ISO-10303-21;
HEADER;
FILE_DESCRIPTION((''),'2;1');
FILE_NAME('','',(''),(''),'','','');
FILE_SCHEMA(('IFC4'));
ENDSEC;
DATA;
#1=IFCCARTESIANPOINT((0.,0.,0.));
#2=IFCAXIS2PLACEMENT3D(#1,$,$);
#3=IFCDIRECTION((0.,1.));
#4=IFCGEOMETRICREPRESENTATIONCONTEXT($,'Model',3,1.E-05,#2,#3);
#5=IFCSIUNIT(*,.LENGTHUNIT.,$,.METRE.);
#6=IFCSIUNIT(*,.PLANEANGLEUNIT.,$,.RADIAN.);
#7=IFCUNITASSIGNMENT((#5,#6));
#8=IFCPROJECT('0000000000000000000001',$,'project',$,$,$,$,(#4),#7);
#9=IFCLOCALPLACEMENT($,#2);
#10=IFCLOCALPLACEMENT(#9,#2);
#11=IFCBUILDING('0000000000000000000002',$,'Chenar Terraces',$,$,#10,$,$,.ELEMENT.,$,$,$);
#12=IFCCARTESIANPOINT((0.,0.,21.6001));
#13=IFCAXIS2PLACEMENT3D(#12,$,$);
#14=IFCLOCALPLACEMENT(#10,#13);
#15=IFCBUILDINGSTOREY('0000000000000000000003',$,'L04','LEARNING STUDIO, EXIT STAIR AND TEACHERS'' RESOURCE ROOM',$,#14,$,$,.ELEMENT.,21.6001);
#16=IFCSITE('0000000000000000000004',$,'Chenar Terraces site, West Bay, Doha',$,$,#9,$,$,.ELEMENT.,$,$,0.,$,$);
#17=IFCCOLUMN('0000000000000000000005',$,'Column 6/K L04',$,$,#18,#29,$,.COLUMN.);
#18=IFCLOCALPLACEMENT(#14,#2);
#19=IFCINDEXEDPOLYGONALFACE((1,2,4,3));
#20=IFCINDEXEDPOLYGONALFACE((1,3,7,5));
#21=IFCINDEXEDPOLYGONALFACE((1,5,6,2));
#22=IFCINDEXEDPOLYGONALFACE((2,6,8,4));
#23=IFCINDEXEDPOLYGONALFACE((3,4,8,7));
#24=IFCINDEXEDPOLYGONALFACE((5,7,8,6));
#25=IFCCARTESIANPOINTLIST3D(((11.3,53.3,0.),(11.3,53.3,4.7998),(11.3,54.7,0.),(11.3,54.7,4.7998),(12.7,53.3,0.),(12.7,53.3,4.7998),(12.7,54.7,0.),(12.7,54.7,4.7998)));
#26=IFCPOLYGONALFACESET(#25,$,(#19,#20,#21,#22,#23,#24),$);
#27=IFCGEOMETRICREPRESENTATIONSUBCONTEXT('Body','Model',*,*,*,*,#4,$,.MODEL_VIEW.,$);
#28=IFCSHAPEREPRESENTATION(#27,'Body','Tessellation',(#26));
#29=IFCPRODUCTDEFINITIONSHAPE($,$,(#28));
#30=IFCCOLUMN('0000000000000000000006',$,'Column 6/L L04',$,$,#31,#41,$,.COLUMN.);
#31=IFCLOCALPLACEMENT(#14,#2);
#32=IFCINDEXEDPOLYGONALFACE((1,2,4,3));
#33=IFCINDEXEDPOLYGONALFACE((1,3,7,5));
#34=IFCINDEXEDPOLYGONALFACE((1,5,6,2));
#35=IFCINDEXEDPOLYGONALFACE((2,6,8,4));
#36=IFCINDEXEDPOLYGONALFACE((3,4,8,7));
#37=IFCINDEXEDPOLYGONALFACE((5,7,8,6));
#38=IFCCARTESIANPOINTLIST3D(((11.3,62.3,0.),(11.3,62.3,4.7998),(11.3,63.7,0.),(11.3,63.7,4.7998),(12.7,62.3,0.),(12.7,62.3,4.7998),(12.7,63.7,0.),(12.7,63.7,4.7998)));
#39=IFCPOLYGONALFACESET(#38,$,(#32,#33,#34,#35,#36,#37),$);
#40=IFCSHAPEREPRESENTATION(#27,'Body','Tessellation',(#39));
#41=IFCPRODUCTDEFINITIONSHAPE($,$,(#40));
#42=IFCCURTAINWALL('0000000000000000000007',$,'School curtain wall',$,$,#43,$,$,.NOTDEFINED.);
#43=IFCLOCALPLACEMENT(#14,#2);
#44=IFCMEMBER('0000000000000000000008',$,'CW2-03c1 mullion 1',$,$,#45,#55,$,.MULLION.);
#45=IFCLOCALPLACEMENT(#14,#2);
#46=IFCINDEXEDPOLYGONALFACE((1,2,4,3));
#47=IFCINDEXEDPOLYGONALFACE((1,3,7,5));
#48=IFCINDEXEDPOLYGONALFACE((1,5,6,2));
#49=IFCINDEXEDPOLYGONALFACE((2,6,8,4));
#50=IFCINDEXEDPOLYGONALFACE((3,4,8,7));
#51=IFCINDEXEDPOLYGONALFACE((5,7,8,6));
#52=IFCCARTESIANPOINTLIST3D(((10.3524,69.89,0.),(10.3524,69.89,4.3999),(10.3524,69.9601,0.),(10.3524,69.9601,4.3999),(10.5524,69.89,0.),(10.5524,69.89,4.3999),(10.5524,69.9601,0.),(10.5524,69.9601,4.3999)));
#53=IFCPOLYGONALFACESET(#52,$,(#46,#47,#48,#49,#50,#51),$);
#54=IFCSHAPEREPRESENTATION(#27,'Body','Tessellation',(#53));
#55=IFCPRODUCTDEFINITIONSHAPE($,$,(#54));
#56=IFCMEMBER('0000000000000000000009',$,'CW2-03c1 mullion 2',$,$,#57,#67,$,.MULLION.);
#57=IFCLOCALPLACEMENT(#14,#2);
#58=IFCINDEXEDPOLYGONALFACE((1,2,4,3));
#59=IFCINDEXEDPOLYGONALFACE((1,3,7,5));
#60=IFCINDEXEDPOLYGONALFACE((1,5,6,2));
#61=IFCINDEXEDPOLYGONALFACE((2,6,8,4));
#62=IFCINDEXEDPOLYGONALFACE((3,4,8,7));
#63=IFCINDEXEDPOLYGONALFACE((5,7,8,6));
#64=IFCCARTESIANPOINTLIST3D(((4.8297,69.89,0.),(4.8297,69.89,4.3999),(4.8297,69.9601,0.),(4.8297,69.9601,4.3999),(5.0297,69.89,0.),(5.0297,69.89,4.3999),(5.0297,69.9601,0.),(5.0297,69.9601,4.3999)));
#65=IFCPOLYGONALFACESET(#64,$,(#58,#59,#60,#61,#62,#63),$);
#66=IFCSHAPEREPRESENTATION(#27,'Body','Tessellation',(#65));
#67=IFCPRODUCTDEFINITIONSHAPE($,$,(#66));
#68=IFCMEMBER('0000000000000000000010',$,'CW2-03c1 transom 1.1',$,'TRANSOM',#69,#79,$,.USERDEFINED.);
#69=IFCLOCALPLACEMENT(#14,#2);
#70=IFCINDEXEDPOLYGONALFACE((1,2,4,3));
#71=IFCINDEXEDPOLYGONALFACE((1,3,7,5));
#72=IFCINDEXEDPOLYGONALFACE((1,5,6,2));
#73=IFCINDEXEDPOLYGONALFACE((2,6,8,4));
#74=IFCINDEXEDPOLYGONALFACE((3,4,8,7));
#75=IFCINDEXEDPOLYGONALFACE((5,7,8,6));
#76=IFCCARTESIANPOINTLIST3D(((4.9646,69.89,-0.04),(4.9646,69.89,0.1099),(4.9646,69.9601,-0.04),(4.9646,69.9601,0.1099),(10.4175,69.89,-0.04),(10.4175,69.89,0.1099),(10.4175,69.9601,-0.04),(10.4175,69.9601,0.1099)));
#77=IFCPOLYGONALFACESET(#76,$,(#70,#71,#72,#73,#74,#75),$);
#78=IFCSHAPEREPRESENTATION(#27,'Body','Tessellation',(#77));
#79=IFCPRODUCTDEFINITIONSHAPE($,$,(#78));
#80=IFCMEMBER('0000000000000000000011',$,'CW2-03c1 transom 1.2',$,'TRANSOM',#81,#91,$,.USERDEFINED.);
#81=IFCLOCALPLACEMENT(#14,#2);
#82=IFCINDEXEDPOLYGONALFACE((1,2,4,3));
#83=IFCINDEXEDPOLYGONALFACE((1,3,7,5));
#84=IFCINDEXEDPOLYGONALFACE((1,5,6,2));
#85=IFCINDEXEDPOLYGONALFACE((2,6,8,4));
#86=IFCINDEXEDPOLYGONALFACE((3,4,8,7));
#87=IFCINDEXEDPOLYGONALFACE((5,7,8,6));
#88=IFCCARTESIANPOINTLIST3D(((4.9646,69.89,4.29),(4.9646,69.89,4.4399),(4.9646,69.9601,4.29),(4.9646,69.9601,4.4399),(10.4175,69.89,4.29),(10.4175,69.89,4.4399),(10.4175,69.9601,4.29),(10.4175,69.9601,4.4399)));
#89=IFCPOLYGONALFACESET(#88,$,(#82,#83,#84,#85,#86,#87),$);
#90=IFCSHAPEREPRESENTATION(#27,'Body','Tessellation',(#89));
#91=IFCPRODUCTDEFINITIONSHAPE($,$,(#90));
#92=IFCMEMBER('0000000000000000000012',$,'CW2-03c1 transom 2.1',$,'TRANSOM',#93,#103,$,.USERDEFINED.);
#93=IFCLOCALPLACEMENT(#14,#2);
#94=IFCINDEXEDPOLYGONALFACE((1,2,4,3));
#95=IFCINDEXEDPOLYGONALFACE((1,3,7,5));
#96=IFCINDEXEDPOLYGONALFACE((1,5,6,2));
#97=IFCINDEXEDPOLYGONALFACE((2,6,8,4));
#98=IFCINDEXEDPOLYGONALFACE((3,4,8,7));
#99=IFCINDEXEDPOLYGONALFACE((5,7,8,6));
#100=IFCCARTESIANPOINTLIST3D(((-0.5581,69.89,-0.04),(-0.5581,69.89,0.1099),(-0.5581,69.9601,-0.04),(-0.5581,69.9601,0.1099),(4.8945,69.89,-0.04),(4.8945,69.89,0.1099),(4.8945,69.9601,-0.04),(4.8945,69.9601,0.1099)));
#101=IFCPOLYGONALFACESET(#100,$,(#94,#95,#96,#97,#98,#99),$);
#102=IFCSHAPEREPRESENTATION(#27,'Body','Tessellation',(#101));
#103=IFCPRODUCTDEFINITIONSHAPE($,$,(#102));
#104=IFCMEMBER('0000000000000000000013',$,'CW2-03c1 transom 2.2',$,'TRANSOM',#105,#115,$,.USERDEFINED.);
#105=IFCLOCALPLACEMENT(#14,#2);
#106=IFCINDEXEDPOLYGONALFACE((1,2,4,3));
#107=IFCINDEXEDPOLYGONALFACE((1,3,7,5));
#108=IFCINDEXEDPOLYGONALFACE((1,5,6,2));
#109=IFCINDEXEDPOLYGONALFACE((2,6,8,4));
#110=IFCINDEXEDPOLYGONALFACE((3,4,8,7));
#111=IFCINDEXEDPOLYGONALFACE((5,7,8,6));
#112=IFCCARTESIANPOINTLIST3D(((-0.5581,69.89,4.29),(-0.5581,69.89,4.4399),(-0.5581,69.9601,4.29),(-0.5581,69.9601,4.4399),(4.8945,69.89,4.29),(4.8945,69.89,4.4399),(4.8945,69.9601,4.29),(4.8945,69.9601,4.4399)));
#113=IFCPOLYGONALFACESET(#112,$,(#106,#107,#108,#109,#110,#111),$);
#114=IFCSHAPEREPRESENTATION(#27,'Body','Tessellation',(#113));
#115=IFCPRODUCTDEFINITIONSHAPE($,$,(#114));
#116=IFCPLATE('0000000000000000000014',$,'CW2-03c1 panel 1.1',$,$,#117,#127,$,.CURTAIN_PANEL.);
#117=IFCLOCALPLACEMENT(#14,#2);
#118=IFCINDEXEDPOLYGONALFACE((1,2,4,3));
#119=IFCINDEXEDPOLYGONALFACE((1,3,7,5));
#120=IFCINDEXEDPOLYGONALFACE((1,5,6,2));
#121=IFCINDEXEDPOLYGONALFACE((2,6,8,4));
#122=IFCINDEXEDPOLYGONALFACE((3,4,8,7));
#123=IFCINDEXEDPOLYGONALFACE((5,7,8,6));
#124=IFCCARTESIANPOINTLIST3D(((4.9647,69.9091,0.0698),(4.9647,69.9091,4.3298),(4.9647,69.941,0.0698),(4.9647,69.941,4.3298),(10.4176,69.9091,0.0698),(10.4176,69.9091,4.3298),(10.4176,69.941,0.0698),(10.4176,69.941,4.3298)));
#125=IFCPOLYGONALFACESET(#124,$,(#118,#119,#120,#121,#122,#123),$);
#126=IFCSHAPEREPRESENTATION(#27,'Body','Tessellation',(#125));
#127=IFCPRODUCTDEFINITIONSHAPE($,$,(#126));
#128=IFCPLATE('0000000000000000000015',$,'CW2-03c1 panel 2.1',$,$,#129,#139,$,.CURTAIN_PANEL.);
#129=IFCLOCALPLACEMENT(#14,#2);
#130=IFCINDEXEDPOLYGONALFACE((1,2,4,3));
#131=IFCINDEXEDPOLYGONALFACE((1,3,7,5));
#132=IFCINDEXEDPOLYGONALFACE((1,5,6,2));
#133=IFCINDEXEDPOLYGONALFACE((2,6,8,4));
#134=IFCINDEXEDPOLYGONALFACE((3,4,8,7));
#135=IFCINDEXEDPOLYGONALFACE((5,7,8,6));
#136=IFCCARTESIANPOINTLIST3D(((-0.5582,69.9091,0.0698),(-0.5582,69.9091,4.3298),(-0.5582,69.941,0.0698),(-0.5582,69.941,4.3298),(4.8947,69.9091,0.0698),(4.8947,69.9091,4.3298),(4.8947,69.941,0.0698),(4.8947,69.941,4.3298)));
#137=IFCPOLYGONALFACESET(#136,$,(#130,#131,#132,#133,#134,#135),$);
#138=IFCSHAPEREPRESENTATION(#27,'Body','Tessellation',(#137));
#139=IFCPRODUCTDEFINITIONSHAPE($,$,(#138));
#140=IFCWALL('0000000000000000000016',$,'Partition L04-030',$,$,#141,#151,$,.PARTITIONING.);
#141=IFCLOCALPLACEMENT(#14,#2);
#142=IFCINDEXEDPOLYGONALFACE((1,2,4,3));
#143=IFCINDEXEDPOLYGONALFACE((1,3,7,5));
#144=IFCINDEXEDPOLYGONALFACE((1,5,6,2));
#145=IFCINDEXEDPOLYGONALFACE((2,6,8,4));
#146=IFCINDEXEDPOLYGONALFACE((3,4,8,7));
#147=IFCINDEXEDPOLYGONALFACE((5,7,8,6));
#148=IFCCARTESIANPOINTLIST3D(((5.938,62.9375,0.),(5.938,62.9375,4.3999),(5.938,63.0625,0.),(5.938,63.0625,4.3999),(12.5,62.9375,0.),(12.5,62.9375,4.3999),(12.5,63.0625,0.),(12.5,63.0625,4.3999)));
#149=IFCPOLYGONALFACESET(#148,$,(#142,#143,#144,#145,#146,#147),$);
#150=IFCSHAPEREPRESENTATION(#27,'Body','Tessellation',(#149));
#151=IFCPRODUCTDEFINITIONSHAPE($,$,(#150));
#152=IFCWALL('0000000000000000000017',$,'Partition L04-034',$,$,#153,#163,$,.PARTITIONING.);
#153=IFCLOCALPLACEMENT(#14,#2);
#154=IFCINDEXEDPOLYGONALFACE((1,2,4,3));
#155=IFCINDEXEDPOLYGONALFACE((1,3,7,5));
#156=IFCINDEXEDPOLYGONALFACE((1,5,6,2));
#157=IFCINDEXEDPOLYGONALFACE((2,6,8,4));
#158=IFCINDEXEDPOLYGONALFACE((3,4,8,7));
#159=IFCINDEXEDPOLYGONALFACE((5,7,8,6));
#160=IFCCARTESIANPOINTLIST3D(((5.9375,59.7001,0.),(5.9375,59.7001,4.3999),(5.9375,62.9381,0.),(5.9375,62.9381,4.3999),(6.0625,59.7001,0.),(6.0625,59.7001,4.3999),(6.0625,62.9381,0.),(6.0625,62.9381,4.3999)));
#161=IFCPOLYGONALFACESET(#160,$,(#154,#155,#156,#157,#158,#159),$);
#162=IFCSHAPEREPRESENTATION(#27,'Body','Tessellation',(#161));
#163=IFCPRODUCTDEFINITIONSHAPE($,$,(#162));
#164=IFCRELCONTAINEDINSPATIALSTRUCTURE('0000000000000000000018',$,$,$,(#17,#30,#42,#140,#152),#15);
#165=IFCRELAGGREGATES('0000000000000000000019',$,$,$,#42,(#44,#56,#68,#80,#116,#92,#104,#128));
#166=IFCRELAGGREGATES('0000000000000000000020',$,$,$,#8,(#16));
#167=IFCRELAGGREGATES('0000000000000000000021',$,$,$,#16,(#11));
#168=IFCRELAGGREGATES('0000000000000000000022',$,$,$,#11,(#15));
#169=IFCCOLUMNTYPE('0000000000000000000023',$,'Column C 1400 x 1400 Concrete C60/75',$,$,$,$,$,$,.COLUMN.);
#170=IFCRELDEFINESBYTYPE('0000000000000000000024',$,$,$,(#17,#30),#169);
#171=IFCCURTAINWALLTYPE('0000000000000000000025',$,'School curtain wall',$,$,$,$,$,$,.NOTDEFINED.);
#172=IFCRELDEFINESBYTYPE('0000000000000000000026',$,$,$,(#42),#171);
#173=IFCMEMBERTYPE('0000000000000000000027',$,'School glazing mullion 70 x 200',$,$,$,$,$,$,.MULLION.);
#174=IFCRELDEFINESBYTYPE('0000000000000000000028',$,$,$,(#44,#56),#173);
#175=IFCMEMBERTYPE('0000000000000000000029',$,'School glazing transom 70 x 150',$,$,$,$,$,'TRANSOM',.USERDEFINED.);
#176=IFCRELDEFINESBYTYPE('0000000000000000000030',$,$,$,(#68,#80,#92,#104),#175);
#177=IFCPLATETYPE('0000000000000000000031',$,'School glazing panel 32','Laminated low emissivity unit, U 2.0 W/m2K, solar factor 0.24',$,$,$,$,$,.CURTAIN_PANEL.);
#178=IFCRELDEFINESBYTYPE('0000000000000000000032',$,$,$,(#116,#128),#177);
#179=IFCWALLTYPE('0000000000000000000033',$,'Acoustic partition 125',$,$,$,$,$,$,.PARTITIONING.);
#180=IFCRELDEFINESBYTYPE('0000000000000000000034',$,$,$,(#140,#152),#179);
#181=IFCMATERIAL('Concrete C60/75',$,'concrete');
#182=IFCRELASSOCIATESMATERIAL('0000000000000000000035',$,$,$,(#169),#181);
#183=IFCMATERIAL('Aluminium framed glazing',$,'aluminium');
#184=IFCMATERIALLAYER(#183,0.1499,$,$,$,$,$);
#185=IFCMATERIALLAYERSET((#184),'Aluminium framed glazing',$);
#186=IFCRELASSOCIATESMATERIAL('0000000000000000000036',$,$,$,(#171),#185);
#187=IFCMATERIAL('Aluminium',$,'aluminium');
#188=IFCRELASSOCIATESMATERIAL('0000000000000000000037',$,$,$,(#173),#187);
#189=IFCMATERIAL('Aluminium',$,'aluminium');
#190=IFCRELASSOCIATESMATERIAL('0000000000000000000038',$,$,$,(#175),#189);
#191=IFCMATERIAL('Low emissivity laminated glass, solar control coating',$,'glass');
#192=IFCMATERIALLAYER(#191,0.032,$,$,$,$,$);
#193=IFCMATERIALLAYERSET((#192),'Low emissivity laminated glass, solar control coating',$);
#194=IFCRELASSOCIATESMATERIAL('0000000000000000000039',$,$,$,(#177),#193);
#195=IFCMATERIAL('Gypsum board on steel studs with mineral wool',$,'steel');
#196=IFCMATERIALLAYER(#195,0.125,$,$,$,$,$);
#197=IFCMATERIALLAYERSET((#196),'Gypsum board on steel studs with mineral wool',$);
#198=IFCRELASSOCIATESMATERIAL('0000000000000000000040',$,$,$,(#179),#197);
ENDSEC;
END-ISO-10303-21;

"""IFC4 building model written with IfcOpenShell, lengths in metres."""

from ifc_helpers import new_model, si_unit, direction, frame, frame_2d, origin, origin_2d, place, context, subcontext, project, spatial, rectangle, extrude, material, layer, layer_set, material_profile, profile_set, type_object, element, aggregate, save


model = new_model("IFC4")

# Units and contexts
model_context = context("Model", 3, precision=1e-05, world=origin(), true_north=direction((0.0, 1.0)))
body_context = subcontext(model_context, "Body", "Model", "MODEL_VIEW")
ifc_project = project(units=[si_unit("LENGTHUNIT", "METRE"), si_unit("PLANEANGLEUNIT", "RADIAN")], contexts=[model_context])

# Site, building, storey
site_placement = place(None, origin())
site = spatial("IfcSite", under=ifc_project, at=site_placement, Name="Chenar Terraces site, West Bay, Doha", CompositionType="ELEMENT", RefElevation=0.0)
building_placement = place(site_placement, origin())
building = spatial("IfcBuilding", under=site, at=building_placement, Name="Chenar Terraces", CompositionType="ELEMENT")
storey_placement = place(building_placement, frame((0.0, 0.0, 21.6001)))
storey = spatial("IfcBuildingStorey", under=building, at=storey_placement, Name="L04", Description="LEARNING STUDIO, EXIT STAIR AND TEACHERS' RESOURCE ROOM", CompositionType="ELEMENT", Elevation=21.6001)

# Columns
ifc_material_1 = material(Name="Concrete C60/75", Category="concrete")
ifc_material_profile_1 = material_profile(ifc_material_1, rectangle(XDim=1.3999, YDim=1.3999, at=origin_2d()), Name="C 1400 x 1400")
ifc_profile_set_1 = profile_set([ifc_material_profile_1], Name="Concrete C60/75")
column_type = type_object("IfcColumnType", Name="Column C 1400 x 1400 Concrete C60/75", PredefinedType="COLUMN", material=ifc_profile_set_1)
for number, where, z_axis, x_axis, name in (
    (1, (12.0, 54.0, 0.0), (0.0, 0.0, 1.0), (1.0, 0.0, 0.0), "Column 6/K L04"),
    (2, (12.0, 63.0, 0.0), (0.0, 0.0, 1.0), (1.0, 0.0, 0.0), "Column 6/L L04"),
):
    element("IfcColumn", number, at=place(storey_placement, frame(where, z_axis=z_axis, x_axis=x_axis)), inside=storey, type_object=column_type, Name=name, PredefinedType="COLUMN", context=body_context, shape_type="SweptSolid", body=[
        extrude(rectangle(XDim=1.3999, YDim=1.3999, at=origin_2d()), origin(), (0.0, 0.0, 1.0), 4.7998),
    ])

# Curtain wall, members, plates
ifc_material_2 = material(Name="Aluminium framed glazing", Category="aluminium")
ifc_layer_1 = layer(ifc_material_2, 0.1499)
ifc_layer_set_1 = layer_set([ifc_layer_1], Name="Aluminium framed glazing")
curtain_wall_type = type_object("IfcCurtainWallType", Name="School curtain wall", PredefinedType="NOTDEFINED", material=ifc_layer_set_1)
placement = place(storey_placement, origin())
curtain_wall = element("IfcCurtainWall", 3, at=placement, inside=storey, type_object=curtain_wall_type, Name="School curtain wall", PredefinedType="NOTDEFINED")
ifc_material_3 = material(Name="Aluminium", Category="aluminium")
ifc_material_profile_2 = material_profile(ifc_material_3, rectangle(XDim=0.0701, YDim=0.2, at=origin_2d()), Name="School glazing mullion 70 x 200")
ifc_profile_set_2 = profile_set([ifc_material_profile_2], Name="Aluminium")
member_type_1 = type_object("IfcMemberType", Name="School glazing mullion 70 x 200", PredefinedType="MULLION", material=ifc_profile_set_2)
member_1_placement = place(storey_placement, frame((10.4524, 69.925, 0.0), z_axis=(0.0, 0.0, 1.0), x_axis=(0.0, -1.0, 0.0)))
member_1 = element("IfcMember", 4, at=member_1_placement, type_object=member_type_1, Name="CW2-03c1 mullion 1", PredefinedType="MULLION", context=body_context, shape_type="SweptSolid", body=[
    extrude(rectangle(XDim=0.0701, YDim=0.2, at=origin_2d()), origin(), (0.0, 0.0, 1.0), 4.3999),
])
member_2_placement = place(storey_placement, frame((4.9297, 69.925, 0.0), z_axis=(0.0, 0.0, 1.0), x_axis=(0.0, -1.0, 0.0)))
member_2 = element("IfcMember", 5, at=member_2_placement, type_object=member_type_1, Name="CW2-03c1 mullion 2", PredefinedType="MULLION", context=body_context, shape_type="SweptSolid", body=[
    extrude(rectangle(XDim=0.0701, YDim=0.2, at=origin_2d()), origin(), (0.0, 0.0, 1.0), 4.3999),
])
ifc_material_4 = material(Name="Aluminium", Category="aluminium")
ifc_material_profile_3 = material_profile(ifc_material_4, rectangle(XDim=0.0701, YDim=0.1499, at=origin_2d()), Name="School glazing transom 70 x 150")
ifc_profile_set_3 = profile_set([ifc_material_profile_3], Name="Aluminium")
member_type_2 = type_object("IfcMemberType", Name="School glazing transom 70 x 150", ElementType="TRANSOM", PredefinedType="USERDEFINED", material=ifc_profile_set_3)
member_3_placement = place(storey_placement, frame((10.4175, 69.925, 0.0349), z_axis=(-1.0, 0.0, 0.0), x_axis=(0.0, -1.0, 0.0)))
member_3 = element("IfcMember", 6, at=member_3_placement, type_object=member_type_2, Name="CW2-03c1 transom 1.1", ObjectType="TRANSOM", PredefinedType="USERDEFINED", context=body_context, shape_type="SweptSolid", body=[
    extrude(rectangle(XDim=0.0701, YDim=0.1499, at=origin_2d()), origin(), (0.0, 0.0, 1.0), 5.4529),
])
member_4_placement = place(storey_placement, frame((10.4175, 69.925, 4.365), z_axis=(-1.0, 0.0, 0.0), x_axis=(0.0, -1.0, 0.0)))
member_4 = element("IfcMember", 7, at=member_4_placement, type_object=member_type_2, Name="CW2-03c1 transom 1.2", ObjectType="TRANSOM", PredefinedType="USERDEFINED", context=body_context, shape_type="SweptSolid", body=[
    extrude(rectangle(XDim=0.0701, YDim=0.1499, at=origin_2d()), origin(), (0.0, 0.0, 1.0), 5.4529),
])
member_5_placement = place(storey_placement, frame((4.8945, 69.925, 0.0349), z_axis=(-1.0, 0.0, 0.0), x_axis=(0.0, -1.0, 0.0)))
member_5 = element("IfcMember", 8, at=member_5_placement, type_object=member_type_2, Name="CW2-03c1 transom 2.1", ObjectType="TRANSOM", PredefinedType="USERDEFINED", context=body_context, shape_type="SweptSolid", body=[
    extrude(rectangle(XDim=0.0701, YDim=0.1499, at=origin_2d()), origin(), (0.0, 0.0, 1.0), 5.4526),
])
member_6_placement = place(storey_placement, frame((4.8945, 69.925, 4.365), z_axis=(-1.0, 0.0, 0.0), x_axis=(0.0, -1.0, 0.0)))
member_6 = element("IfcMember", 9, at=member_6_placement, type_object=member_type_2, Name="CW2-03c1 transom 2.2", ObjectType="TRANSOM", PredefinedType="USERDEFINED", context=body_context, shape_type="SweptSolid", body=[
    extrude(rectangle(XDim=0.0701, YDim=0.1499, at=origin_2d()), origin(), (0.0, 0.0, 1.0), 5.4526),
])
ifc_material_5 = material(Name="Low emissivity laminated glass, solar control coating", Category="glass")
ifc_layer_2 = layer(ifc_material_5, 0.032)
ifc_layer_set_2 = layer_set([ifc_layer_2], Name="Low emissivity laminated glass, solar control coating")
plate_type = type_object("IfcPlateType", Name="School glazing panel 32", Description="Laminated low emissivity unit, U 2.0 W/m2K, solar factor 0.24", PredefinedType="CURTAIN_PANEL", material=ifc_layer_set_2)
plate_1_placement = place(storey_placement, frame((7.6912, 69.925, 0.0698), z_axis=(0.0, 0.0, 1.0), x_axis=(-1.0, 0.0, 0.0)))
plate_1 = element("IfcPlate", 10, at=plate_1_placement, type_object=plate_type, Name="CW2-03c1 panel 1.1", PredefinedType="CURTAIN_PANEL", context=body_context, shape_type="SweptSolid", body=[
    extrude(rectangle(XDim=5.4529, YDim=0.032, at=origin_2d()), origin(), (0.0, 0.0, 1.0), 4.26),
])
plate_2_placement = place(storey_placement, frame((2.1682, 69.925, 0.0698), z_axis=(0.0, 0.0, 1.0), x_axis=(-1.0, 0.0, 0.0)))
plate_2 = element("IfcPlate", 11, at=plate_2_placement, type_object=plate_type, Name="CW2-03c1 panel 2.1", PredefinedType="CURTAIN_PANEL", context=body_context, shape_type="SweptSolid", body=[
    extrude(rectangle(XDim=5.4529, YDim=0.032, at=origin_2d()), origin(), (0.0, 0.0, 1.0), 4.26),
])
aggregate(curtain_wall, [member_1, member_2, member_3, member_4, plate_1, member_5, member_6, plate_2])

# Walls
ifc_material_6 = material(Name="Gypsum board on steel studs with mineral wool", Category="steel")
ifc_layer_3 = layer(ifc_material_6, 0.125)
ifc_layer_set_3 = layer_set([ifc_layer_3], Name="Gypsum board on steel studs with mineral wool")
wall_type = type_object("IfcWallType", Name="Acoustic partition 125", PredefinedType="PARTITIONING", material=ifc_layer_set_3)
wall_1_placement = place(storey_placement, frame((5.938, 63.0, 0.0), z_axis=(0.0, 0.0, 1.0), x_axis=(1.0, 0.0, 0.0)))
element("IfcWall", 12, at=wall_1_placement, inside=storey, type_object=wall_type, Name="Partition L04-030", PredefinedType="PARTITIONING", context=body_context, shape_type="SweptSolid", body=[
    extrude(rectangle(XDim=6.562, YDim=0.125, at=frame_2d((3.281, 0.0))), origin(), (0.0, 0.0, 1.0), 4.3999),
])
wall_2_placement = place(storey_placement, frame((6.0, 59.7, 0.0), z_axis=(0.0, 0.0, 1.0), x_axis=(0.0, 1.0, 0.0)))
element("IfcWall", 13, at=wall_2_placement, inside=storey, type_object=wall_type, Name="Partition L04-034", PredefinedType="PARTITIONING", context=body_context, shape_type="SweptSolid", body=[
    extrude(rectangle(XDim=3.238, YDim=0.125, at=frame_2d((1.6191, 0.0))), origin(), (0.0, 0.0, 1.0), 4.3999),
])

save(model, "model.ifc")
